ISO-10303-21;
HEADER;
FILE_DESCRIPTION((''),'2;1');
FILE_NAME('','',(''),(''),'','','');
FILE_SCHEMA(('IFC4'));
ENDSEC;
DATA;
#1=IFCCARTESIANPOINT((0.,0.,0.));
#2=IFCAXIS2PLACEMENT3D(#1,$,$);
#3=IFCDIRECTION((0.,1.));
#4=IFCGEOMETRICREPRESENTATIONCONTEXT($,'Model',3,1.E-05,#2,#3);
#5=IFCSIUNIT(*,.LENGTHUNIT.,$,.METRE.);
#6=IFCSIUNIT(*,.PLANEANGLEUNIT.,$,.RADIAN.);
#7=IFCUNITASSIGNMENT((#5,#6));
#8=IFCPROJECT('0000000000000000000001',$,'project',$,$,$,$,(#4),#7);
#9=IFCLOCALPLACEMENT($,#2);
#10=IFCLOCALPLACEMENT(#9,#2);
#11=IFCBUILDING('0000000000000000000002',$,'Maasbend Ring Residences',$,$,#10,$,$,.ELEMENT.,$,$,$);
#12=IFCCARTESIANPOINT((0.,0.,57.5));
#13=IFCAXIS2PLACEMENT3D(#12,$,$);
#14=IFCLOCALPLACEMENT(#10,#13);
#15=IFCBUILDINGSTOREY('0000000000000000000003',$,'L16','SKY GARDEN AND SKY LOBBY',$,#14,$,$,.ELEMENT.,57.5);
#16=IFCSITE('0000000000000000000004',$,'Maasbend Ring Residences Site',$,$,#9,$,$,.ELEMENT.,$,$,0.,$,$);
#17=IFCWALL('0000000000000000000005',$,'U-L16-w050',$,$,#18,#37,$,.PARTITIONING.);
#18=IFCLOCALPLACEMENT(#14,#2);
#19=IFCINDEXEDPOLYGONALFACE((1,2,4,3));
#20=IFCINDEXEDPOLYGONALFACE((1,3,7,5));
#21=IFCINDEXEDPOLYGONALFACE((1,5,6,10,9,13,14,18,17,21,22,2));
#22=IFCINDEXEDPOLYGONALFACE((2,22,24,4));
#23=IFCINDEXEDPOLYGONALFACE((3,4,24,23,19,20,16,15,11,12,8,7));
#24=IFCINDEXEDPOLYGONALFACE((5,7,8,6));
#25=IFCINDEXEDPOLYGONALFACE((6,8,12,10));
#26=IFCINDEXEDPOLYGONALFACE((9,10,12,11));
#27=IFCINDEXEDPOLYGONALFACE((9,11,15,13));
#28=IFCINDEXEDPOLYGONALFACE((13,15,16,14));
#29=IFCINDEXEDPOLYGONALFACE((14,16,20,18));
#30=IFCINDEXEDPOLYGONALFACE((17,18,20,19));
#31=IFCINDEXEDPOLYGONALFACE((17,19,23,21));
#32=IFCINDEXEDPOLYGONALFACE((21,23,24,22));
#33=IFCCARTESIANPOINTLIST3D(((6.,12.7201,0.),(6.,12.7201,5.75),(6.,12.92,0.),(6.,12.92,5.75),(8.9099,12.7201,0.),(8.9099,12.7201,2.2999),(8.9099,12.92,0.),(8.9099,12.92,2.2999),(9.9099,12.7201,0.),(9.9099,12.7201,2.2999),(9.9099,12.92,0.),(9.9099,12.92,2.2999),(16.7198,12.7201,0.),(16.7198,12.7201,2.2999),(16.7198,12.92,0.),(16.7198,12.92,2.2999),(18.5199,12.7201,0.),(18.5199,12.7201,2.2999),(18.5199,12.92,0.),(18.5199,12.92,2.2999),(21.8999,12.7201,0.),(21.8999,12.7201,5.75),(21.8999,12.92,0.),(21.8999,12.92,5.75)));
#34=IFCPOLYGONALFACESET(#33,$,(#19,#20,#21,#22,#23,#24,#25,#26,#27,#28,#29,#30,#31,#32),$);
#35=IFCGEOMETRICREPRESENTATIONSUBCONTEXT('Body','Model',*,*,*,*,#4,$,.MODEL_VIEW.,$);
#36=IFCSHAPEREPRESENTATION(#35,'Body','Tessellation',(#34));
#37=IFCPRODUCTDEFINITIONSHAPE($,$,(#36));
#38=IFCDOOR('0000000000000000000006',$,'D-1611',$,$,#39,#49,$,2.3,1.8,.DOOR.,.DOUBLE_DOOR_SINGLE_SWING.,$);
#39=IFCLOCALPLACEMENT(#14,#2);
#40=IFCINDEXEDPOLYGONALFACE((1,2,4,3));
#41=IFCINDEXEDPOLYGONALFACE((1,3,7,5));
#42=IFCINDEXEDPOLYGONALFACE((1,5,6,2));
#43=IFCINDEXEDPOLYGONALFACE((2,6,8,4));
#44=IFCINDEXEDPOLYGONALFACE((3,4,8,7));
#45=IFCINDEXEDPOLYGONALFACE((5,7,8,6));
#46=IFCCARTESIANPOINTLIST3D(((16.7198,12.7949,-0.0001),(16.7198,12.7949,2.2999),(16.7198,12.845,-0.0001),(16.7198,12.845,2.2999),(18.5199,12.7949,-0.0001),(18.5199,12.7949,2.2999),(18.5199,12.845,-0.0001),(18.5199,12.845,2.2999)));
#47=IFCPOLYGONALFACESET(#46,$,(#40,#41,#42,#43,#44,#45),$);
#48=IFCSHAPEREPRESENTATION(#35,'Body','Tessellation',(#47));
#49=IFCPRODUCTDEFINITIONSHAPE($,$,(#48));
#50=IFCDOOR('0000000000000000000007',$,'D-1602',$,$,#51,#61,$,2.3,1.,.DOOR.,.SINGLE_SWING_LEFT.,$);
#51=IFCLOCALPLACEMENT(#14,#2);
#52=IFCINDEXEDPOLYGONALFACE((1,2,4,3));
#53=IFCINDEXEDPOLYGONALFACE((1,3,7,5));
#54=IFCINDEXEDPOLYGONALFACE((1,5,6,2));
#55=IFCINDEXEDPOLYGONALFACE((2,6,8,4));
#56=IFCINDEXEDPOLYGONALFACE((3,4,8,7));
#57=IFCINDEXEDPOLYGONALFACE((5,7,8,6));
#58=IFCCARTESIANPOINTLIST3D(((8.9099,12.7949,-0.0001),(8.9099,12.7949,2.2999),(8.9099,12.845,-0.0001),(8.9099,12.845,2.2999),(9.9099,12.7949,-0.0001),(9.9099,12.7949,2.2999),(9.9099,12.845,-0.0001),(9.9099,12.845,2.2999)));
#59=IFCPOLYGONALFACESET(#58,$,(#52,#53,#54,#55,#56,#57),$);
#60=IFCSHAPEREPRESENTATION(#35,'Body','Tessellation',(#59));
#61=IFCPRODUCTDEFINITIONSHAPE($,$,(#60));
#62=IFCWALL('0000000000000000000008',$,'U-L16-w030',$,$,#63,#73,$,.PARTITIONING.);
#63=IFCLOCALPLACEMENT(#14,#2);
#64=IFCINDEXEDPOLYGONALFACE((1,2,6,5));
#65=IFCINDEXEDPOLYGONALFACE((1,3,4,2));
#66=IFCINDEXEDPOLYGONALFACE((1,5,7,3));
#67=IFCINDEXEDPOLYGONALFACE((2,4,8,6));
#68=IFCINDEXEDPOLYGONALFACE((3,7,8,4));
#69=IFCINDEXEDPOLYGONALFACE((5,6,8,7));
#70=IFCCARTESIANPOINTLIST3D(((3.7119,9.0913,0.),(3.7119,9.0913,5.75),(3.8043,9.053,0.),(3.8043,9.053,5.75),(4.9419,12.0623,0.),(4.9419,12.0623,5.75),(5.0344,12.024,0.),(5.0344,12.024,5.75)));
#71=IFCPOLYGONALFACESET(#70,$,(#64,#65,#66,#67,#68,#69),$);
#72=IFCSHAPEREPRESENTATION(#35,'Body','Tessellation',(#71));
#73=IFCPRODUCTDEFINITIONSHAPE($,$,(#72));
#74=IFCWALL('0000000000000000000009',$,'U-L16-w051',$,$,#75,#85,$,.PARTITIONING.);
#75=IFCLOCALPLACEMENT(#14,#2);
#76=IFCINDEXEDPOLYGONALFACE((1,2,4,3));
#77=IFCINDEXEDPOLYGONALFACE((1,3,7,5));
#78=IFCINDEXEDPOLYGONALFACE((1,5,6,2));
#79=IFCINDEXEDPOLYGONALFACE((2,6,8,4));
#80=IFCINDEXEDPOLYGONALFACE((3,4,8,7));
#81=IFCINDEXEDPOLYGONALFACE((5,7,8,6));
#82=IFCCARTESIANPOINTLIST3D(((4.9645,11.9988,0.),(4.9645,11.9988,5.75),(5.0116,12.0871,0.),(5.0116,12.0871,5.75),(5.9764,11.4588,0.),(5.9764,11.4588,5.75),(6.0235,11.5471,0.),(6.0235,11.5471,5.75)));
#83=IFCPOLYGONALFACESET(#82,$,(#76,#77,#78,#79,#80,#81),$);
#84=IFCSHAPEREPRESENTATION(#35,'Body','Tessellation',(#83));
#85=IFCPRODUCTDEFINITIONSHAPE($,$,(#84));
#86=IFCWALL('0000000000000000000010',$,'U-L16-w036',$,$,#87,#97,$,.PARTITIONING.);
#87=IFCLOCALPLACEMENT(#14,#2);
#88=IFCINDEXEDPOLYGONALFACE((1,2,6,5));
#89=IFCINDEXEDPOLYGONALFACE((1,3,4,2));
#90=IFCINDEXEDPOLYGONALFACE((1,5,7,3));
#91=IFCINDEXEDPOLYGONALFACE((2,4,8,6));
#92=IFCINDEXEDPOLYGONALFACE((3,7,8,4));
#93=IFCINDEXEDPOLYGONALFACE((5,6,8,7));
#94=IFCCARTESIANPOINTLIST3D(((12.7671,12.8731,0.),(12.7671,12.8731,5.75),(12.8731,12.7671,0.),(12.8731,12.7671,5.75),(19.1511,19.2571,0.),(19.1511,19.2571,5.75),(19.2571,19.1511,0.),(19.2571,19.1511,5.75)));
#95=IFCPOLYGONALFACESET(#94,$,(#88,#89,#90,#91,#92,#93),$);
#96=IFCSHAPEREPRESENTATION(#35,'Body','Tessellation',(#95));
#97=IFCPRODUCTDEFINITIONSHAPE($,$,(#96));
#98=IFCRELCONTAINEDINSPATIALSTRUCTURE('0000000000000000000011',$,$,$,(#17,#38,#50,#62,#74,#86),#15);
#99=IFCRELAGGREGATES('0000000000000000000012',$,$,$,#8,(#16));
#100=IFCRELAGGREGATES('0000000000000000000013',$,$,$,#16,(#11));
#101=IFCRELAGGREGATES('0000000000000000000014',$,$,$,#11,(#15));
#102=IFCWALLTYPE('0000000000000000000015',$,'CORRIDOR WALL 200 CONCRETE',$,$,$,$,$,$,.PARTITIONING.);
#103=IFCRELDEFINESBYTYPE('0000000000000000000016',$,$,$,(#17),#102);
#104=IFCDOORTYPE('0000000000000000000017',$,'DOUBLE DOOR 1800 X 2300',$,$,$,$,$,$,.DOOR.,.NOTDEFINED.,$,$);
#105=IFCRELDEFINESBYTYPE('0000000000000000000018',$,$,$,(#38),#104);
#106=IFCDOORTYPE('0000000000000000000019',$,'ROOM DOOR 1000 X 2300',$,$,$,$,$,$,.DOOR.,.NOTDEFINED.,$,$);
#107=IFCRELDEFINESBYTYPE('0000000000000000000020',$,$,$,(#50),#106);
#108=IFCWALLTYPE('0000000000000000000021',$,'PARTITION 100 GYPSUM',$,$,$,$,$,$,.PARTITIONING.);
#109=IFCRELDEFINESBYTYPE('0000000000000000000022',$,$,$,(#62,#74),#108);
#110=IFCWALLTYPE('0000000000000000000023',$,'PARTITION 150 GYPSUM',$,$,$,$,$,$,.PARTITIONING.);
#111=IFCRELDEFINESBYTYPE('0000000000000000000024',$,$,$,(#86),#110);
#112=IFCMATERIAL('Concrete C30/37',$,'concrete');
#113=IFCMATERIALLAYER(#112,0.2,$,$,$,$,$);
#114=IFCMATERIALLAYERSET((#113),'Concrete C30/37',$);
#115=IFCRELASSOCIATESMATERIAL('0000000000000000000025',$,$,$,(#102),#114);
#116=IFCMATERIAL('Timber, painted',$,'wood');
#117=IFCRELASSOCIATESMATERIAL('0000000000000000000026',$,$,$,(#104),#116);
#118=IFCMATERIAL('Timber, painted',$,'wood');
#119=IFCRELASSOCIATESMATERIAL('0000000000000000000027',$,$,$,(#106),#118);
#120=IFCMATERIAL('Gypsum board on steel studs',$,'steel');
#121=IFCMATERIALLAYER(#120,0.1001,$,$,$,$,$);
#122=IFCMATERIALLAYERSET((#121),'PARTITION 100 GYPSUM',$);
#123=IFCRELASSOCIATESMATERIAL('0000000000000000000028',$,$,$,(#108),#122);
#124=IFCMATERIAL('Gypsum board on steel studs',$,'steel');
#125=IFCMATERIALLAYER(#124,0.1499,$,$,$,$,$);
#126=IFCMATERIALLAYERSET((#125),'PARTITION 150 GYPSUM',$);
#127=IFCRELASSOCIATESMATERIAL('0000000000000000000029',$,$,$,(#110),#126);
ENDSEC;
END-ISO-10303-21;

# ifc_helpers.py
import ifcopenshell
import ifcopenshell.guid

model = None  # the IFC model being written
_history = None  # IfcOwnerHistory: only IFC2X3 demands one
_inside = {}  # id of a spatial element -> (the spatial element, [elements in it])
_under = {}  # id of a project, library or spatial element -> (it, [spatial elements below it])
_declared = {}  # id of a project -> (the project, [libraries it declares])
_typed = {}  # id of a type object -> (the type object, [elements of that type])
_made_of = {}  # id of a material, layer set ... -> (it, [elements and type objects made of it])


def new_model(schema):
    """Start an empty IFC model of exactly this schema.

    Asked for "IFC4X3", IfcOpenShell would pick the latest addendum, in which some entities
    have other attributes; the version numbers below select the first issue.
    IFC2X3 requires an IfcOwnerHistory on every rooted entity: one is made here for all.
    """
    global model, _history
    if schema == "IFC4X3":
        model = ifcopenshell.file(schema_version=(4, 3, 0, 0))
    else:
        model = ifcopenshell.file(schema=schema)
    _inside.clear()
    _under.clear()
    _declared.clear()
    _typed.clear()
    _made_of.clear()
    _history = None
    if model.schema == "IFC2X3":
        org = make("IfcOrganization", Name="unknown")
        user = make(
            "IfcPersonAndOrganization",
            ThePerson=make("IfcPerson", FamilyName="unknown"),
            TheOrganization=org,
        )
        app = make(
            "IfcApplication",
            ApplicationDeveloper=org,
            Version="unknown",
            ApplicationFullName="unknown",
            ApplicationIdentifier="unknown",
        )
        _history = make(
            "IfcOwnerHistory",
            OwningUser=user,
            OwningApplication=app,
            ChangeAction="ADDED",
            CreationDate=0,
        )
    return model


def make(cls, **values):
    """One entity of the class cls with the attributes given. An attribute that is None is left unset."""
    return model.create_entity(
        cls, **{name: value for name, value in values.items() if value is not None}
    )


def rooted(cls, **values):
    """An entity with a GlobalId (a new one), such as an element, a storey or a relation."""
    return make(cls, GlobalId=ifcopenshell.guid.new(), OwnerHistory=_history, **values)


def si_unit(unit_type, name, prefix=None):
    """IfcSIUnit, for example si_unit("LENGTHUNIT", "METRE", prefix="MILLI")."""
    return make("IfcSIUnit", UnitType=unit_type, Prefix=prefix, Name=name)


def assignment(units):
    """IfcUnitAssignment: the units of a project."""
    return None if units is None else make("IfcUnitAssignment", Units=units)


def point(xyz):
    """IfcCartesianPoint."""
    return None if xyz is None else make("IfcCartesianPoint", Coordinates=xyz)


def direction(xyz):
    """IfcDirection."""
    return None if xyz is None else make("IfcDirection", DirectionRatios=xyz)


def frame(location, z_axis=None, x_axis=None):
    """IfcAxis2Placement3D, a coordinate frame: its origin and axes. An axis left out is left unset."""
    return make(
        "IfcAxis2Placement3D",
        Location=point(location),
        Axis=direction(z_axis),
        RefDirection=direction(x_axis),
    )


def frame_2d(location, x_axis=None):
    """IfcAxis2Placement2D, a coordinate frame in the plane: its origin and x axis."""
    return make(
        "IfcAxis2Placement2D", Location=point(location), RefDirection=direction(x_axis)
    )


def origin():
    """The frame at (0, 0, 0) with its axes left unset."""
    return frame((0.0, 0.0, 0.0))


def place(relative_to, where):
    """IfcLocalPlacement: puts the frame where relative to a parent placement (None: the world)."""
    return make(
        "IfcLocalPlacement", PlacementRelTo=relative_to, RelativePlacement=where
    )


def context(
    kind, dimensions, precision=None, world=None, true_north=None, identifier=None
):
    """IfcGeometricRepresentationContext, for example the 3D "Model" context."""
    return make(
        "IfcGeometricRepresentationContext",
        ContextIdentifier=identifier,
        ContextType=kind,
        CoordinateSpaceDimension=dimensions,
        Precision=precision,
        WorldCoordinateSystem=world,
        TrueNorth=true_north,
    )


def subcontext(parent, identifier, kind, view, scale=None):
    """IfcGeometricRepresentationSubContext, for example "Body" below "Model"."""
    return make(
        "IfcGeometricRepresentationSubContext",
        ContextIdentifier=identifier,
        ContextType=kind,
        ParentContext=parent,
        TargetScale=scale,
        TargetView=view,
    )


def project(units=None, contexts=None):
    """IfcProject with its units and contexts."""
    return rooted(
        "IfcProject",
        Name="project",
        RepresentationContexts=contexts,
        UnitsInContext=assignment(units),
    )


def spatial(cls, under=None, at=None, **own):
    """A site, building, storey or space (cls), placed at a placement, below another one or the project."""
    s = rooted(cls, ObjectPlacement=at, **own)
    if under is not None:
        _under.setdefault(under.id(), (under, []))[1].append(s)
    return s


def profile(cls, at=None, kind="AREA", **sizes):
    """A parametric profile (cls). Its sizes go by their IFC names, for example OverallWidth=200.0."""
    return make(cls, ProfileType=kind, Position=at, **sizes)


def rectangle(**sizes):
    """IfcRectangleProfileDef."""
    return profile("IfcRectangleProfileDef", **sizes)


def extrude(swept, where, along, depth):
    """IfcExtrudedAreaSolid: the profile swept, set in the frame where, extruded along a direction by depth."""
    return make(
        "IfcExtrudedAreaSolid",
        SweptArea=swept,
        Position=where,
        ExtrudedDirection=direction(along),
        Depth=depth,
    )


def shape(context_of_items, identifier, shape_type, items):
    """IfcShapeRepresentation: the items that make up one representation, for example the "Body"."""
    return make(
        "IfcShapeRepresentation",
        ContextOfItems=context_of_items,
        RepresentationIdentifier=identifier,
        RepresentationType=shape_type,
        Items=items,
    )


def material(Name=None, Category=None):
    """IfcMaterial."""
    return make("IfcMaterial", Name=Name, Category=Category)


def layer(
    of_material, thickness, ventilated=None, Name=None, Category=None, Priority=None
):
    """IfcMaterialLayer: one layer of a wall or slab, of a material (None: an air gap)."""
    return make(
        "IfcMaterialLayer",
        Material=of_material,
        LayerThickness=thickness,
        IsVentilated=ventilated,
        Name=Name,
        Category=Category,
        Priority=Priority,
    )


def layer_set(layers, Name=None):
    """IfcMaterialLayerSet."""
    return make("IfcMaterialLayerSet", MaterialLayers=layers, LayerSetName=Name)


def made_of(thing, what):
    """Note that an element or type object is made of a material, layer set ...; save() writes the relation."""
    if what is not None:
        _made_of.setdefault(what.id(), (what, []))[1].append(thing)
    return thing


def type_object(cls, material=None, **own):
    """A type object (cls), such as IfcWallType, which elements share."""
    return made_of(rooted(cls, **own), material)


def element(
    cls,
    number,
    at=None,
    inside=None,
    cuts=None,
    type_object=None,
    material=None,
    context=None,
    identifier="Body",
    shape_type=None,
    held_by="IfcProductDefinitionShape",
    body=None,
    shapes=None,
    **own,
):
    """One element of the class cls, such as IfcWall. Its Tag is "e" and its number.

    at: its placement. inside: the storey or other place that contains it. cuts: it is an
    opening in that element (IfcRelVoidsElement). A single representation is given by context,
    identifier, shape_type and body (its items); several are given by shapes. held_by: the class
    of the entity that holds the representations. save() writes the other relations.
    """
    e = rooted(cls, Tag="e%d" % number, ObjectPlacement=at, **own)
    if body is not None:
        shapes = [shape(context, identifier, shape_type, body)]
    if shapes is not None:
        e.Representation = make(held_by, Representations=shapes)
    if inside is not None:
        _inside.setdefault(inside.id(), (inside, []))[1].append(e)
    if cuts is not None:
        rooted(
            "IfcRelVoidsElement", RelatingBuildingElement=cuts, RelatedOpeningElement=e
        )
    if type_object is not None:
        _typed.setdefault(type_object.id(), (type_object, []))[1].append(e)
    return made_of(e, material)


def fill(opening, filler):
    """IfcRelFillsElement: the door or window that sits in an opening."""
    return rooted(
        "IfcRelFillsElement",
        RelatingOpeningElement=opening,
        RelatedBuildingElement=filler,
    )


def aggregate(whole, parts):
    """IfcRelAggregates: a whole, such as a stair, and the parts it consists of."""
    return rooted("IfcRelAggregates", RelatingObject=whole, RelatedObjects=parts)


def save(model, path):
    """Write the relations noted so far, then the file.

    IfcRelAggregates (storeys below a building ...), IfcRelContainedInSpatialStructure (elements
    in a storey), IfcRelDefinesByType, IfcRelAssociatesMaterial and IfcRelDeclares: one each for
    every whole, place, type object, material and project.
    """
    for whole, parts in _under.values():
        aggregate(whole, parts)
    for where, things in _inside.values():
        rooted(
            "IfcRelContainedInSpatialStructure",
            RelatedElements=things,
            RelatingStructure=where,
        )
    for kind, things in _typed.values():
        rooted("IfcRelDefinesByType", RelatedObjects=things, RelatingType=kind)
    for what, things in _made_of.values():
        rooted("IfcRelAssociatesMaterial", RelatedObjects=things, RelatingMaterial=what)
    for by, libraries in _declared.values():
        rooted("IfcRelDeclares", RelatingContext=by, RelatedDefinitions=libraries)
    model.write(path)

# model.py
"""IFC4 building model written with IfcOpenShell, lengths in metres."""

from ifc_helpers import new_model, si_unit, direction, frame, frame_2d, origin, place, context, subcontext, project, spatial, rectangle, extrude, material, layer, layer_set, type_object, element, fill, save


model = new_model("IFC4")

# Units and contexts
model_context = context("Model", 3, precision=1e-05, world=origin(), true_north=direction((0.0, 1.0)))
body_context = subcontext(model_context, "Body", "Model", "MODEL_VIEW")
ifc_project = project(units=[si_unit("LENGTHUNIT", "METRE"), si_unit("PLANEANGLEUNIT", "RADIAN")], contexts=[model_context])

# Site, building, storey
site_placement = place(None, origin())
site = spatial("IfcSite", under=ifc_project, at=site_placement, Name="Maasbend Ring Residences Site", CompositionType="ELEMENT", RefElevation=0.0)
building_placement = place(site_placement, origin())
building = spatial("IfcBuilding", under=site, at=building_placement, Name="Maasbend Ring Residences", CompositionType="ELEMENT")
storey_placement = place(building_placement, frame((0.0, 0.0, 57.5)))
storey = spatial("IfcBuildingStorey", under=building, at=storey_placement, Name="L16", Description="SKY GARDEN AND SKY LOBBY", CompositionType="ELEMENT", Elevation=57.5)

# Shared definitions
ifc_material_1 = material(Name="Concrete C30/37", Category="concrete")
ifc_layer_1 = layer(ifc_material_1, 0.2)
ifc_layer_set_1 = layer_set([ifc_layer_1], Name="Concrete C30/37")
wall_type_1 = type_object("IfcWallType", Name="CORRIDOR WALL 200 CONCRETE", PredefinedType="PARTITIONING", material=ifc_layer_set_1)

# Wall, openings, doors
wall_1_placement = place(storey_placement, frame((6.0, 12.8201, 0.0), z_axis=(0.0, 0.0, 1.0), x_axis=(1.0, 0.0, 0.0)))
wall_1 = element("IfcWall", 1, at=wall_1_placement, inside=storey, type_object=wall_type_1, Name="U-L16-w050", PredefinedType="PARTITIONING", context=body_context, shape_type="SweptSolid", body=[
    extrude(rectangle(XDim=15.8999, YDim=0.2, at=frame_2d((7.95, 0.0))), origin(), (0.0, 0.0, 1.0), 5.75),
])
opening_1_placement = place(wall_1_placement, frame((2.9099, 0.0, 0.0)))
opening_1 = element("IfcOpeningElement", 2, at=opening_1_placement, cuts=wall_1, PredefinedType="OPENING", context=body_context, shape_type="SweptSolid", body=[
    extrude(rectangle(XDim=1.0, YDim=2.3, at=frame_2d((0.5, 1.1499))), frame((0.0, 0.1099, 0.0), z_axis=(0.0, -1.0, 0.0), x_axis=(1.0, 0.0, 0.0)), (0.0, 0.0, 1.0), 0.22),
])
opening_2_placement = place(wall_1_placement, frame((10.72, 0.0, 0.0)))
opening_2 = element("IfcOpeningElement", 3, at=opening_2_placement, cuts=wall_1, PredefinedType="OPENING", context=body_context, shape_type="SweptSolid", body=[
    extrude(rectangle(XDim=1.8, YDim=2.3, at=frame_2d((0.8999, 1.1499))), frame((0.0, 0.1099, 0.0), z_axis=(0.0, -1.0, 0.0), x_axis=(1.0, 0.0, 0.0)), (0.0, 0.0, 1.0), 0.22),
])
ifc_material_2 = material(Name="Timber, painted", Category="wood")
door_type_1 = type_object("IfcDoorType", Name="DOUBLE DOOR 1800 X 2300", OperationType="NOTDEFINED", PredefinedType="DOOR", material=ifc_material_2)
door_1_placement = place(opening_2_placement, origin())
door_1 = element("IfcDoor", 4, at=door_1_placement, inside=storey, type_object=door_type_1, Name="D-1611", OperationType="DOUBLE_DOOR_SINGLE_SWING", OverallHeight=2.3, OverallWidth=1.8, PredefinedType="DOOR", context=body_context, shape_type="SweptSolid", body=[
    extrude(rectangle(XDim=1.8, YDim=2.3, at=frame_2d((0.8999, 1.1499))), frame((0.0, 0.0249, 0.0), z_axis=(0.0, -1.0, 0.0), x_axis=(1.0, 0.0, 0.0)), (0.0, 0.0, 1.0), 0.05),
])
fill(opening_2, door_1)
ifc_material_3 = material(Name="Timber, painted", Category="wood")
door_type_2 = type_object("IfcDoorType", Name="ROOM DOOR 1000 X 2300", OperationType="NOTDEFINED", PredefinedType="DOOR", material=ifc_material_3)
door_2_placement = place(opening_1_placement, origin())
door_2 = element("IfcDoor", 5, at=door_2_placement, inside=storey, type_object=door_type_2, Name="D-1602", OperationType="SINGLE_SWING_LEFT", OverallHeight=2.3, OverallWidth=1.0, PredefinedType="DOOR", context=body_context, shape_type="SweptSolid", body=[
    extrude(rectangle(XDim=1.0, YDim=2.3, at=frame_2d((0.5, 1.1499))), frame((0.0, 0.0249, 0.0), z_axis=(0.0, -1.0, 0.0), x_axis=(1.0, 0.0, 0.0)), (0.0, 0.0, 1.0), 0.05),
])
fill(opening_1, door_2)

# Walls
ifc_material_4 = material(Name="Gypsum board on steel studs", Category="steel")
ifc_layer_2 = layer(ifc_material_4, 0.1001)
ifc_layer_set_2 = layer_set([ifc_layer_2], Name="PARTITION 100 GYPSUM")
wall_type_2 = type_object("IfcWallType", Name="PARTITION 100 GYPSUM", PredefinedType="PARTITIONING", material=ifc_layer_set_2)
wall_2_placement = place(storey_placement, frame((3.7581, 9.072, 0.0), z_axis=(0.0, 0.0, 1.0), x_axis=(0.382517, 0.923948, 0.0)))
element("IfcWall", 6, at=wall_2_placement, inside=storey, type_object=wall_type_2, Name="U-L16-w030", PredefinedType="PARTITIONING", context=body_context, shape_type="SweptSolid", body=[
    extrude(rectangle(XDim=3.2156, YDim=0.1001, at=frame_2d((1.6079, 0.0))), origin(), (0.0, 0.0, 1.0), 5.75),
])
wall_3_placement = place(storey_placement, frame((4.988, 12.043, 0.0), z_axis=(0.0, 0.0, 1.0), x_axis=(0.882235, -0.470809, 0.0)))
element("IfcWall", 7, at=wall_3_placement, inside=storey, type_object=wall_type_2, Name="U-L16-w051", PredefinedType="PARTITIONING", context=body_context, shape_type="SweptSolid", body=[
    extrude(rectangle(XDim=1.147, YDim=0.1001, at=frame_2d((0.5735, 0.0))), origin(), (0.0, 0.0, 1.0), 5.75),
])
ifc_material_5 = material(Name="Gypsum board on steel studs", Category="steel")
ifc_layer_3 = layer(ifc_material_5, 0.1499)
ifc_layer_set_3 = layer_set([ifc_layer_3], Name="PARTITION 150 GYPSUM")
wall_type_3 = type_object("IfcWallType", Name="PARTITION 150 GYPSUM", PredefinedType="PARTITIONING", material=ifc_layer_set_3)
wall_4_placement = place(storey_placement, frame((12.8201, 12.8201, 0.0), z_axis=(0.0, 0.0, 1.0), x_axis=(0.707107, 0.707107, 0.0)))
element("IfcWall", 8, at=wall_4_placement, inside=storey, type_object=wall_type_3, Name="U-L16-w036", PredefinedType="PARTITIONING", context=body_context, shape_type="SweptSolid", body=[
    extrude(rectangle(XDim=9.0283, YDim=0.1499, at=frame_2d((4.5142, 0.0))), origin(), (0.0, 0.0, 1.0), 5.75),
])

save(model, "model.ifc")
